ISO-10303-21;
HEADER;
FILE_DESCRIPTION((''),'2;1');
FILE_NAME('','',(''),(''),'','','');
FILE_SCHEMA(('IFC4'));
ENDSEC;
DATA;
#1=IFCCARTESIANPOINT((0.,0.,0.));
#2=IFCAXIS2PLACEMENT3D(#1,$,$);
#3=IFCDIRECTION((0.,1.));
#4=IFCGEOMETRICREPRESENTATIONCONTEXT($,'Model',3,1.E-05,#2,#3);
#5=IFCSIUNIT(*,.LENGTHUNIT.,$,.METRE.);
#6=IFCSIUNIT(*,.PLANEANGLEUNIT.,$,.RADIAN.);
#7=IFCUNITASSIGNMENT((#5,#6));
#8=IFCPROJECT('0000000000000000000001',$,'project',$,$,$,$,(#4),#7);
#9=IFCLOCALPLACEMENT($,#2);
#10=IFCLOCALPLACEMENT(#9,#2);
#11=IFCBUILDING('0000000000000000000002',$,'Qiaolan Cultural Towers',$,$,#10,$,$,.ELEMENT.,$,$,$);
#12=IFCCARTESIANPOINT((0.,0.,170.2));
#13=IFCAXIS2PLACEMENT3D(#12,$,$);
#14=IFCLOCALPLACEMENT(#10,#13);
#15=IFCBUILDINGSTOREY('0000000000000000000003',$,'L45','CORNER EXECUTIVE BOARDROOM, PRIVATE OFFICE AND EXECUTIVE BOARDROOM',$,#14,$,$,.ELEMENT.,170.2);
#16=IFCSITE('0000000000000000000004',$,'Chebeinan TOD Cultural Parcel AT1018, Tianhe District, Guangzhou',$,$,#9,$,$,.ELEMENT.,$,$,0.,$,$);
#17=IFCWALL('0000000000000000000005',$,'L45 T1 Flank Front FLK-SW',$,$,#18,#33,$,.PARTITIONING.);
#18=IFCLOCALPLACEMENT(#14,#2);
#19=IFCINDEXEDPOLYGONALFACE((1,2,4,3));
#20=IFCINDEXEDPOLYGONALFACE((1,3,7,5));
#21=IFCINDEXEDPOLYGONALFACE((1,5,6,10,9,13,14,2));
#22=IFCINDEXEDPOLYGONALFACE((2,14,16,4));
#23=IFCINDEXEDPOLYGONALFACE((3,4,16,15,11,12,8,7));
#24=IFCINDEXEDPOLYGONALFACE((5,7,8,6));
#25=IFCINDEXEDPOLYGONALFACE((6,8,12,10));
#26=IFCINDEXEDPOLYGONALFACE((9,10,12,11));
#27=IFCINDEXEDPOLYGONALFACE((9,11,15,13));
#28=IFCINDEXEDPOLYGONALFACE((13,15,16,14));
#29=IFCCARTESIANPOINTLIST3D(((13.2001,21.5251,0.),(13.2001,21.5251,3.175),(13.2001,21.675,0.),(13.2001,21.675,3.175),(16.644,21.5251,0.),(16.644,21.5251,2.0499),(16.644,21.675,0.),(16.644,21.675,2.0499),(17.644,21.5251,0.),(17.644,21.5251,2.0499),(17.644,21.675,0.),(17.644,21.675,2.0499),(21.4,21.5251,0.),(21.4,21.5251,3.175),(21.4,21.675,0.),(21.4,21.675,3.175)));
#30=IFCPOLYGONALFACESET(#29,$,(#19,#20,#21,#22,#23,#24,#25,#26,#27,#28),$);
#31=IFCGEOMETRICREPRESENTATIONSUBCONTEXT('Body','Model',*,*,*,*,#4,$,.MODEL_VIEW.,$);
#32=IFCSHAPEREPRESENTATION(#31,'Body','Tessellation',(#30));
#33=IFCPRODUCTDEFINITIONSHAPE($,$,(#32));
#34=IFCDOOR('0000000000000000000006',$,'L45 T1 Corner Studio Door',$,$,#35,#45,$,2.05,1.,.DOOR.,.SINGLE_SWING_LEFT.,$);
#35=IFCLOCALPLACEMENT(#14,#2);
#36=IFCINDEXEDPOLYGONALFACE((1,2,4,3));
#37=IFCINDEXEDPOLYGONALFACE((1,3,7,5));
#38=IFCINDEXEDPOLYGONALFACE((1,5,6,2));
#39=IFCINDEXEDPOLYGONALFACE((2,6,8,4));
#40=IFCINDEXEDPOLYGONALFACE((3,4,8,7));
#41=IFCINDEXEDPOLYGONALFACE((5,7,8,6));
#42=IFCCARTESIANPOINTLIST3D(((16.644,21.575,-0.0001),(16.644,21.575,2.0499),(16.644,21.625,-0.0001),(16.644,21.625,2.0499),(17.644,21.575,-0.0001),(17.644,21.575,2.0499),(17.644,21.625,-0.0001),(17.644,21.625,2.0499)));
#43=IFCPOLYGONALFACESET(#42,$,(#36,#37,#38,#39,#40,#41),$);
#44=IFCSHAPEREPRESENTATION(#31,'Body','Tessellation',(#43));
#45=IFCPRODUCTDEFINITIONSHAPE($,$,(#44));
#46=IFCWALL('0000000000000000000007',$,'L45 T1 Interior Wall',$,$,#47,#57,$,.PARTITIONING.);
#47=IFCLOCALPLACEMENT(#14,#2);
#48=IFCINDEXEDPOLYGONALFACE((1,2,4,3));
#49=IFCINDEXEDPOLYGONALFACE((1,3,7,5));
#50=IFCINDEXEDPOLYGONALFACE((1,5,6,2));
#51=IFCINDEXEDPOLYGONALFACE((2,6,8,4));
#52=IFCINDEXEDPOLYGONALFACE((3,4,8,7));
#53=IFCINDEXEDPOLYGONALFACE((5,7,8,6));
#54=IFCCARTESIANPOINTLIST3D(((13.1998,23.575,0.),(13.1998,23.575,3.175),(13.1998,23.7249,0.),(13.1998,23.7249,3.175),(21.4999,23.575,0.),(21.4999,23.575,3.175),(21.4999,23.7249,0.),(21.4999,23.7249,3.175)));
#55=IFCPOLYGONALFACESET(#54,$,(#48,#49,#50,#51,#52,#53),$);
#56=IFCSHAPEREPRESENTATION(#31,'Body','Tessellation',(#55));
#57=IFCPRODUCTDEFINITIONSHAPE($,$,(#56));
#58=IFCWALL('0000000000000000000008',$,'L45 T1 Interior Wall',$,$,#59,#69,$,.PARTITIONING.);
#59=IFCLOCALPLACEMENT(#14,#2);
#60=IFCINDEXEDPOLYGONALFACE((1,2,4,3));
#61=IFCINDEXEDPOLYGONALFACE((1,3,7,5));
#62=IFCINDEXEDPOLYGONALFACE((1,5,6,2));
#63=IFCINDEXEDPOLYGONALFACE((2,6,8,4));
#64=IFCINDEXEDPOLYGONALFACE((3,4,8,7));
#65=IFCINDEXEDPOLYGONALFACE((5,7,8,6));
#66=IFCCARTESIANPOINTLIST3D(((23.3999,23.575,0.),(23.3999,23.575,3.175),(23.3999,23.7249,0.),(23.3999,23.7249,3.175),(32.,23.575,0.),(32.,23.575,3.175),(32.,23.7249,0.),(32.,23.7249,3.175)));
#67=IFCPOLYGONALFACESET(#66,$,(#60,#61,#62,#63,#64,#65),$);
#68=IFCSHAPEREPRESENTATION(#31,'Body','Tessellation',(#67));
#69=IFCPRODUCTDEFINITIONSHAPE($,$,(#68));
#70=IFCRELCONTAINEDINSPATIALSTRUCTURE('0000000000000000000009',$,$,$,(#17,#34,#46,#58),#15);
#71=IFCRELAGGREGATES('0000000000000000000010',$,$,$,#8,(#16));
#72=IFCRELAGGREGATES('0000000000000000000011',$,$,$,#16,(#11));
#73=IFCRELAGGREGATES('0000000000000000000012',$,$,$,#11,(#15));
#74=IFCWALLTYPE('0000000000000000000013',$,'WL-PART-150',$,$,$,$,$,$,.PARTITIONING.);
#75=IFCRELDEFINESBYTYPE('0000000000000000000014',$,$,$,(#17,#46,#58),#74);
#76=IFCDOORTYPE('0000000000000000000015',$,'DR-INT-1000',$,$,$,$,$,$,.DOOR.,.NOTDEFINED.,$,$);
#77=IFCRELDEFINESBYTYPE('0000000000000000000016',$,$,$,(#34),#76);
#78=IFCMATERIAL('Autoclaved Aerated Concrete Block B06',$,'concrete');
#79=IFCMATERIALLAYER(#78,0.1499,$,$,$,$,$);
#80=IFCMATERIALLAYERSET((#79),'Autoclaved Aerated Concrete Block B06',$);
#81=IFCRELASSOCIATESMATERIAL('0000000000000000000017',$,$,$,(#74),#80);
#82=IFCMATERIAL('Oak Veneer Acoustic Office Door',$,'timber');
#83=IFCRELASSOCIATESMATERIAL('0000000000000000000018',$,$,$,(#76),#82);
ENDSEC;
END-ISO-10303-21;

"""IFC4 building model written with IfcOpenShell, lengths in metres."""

from ifc_helpers import new_model, si_unit, direction, frame, frame_2d, origin, place, context, subcontext, project, spatial, rectangle, extrude, material, layer, layer_set, type_object, element, fill, save


model = new_model("IFC4")

# Units and contexts
model_context = context("Model", 3, precision=1e-05, world=origin(), true_north=direction((0.0, 1.0)))
body_context = subcontext(model_context, "Body", "Model", "MODEL_VIEW")
ifc_project = project(units=[si_unit("LENGTHUNIT", "METRE"), si_unit("PLANEANGLEUNIT", "RADIAN")], contexts=[model_context])

# Site, building, storey
site_placement = place(None, origin())
site = spatial("IfcSite", under=ifc_project, at=site_placement, Name="Chebeinan TOD Cultural Parcel AT1018, Tianhe District, Guangzhou", CompositionType="ELEMENT", RefElevation=0.0)
building_placement = place(site_placement, origin())
building = spatial("IfcBuilding", under=site, at=building_placement, Name="Qiaolan Cultural Towers", CompositionType="ELEMENT")
storey_placement = place(building_placement, frame((0.0, 0.0, 170.2)))
storey = spatial("IfcBuildingStorey", under=building, at=storey_placement, Name="L45", Description="CORNER EXECUTIVE BOARDROOM, PRIVATE OFFICE AND EXECUTIVE BOARDROOM", CompositionType="ELEMENT", Elevation=170.2)

# Wall, opening, door
ifc_material_1 = material(Name="Autoclaved Aerated Concrete Block B06", Category="concrete")
ifc_layer_1 = layer(ifc_material_1, 0.1499)
ifc_layer_set_1 = layer_set([ifc_layer_1], Name="Autoclaved Aerated Concrete Block B06")
wall_type_1 = type_object("IfcWallType", Name="WL-PART-150", PredefinedType="PARTITIONING", material=ifc_layer_set_1)
wall_1_placement = place(storey_placement, frame((13.2, 21.6001, 0.0), z_axis=(0.0, 0.0, 1.0), x_axis=(1.0, 0.0, 0.0)))
wall_1 = element("IfcWall", 1, at=wall_1_placement, inside=storey, type_object=wall_type_1, Name="L45 T1 Flank Front FLK-SW", PredefinedType="PARTITIONING", context=body_context, shape_type="SweptSolid", body=[
    extrude(rectangle(XDim=8.2, YDim=0.1499, at=frame_2d((4.1001, 0.0))), origin(), (0.0, 0.0, 1.0), 3.175),
])
opening_1_placement = place(wall_1_placement, frame((3.4441, 0.0, 0.0)))
opening_1 = element("IfcOpeningElement", 2, at=opening_1_placement, cuts=wall_1, PredefinedType="OPENING", context=body_context, shape_type="SweptSolid", body=[
    extrude(rectangle(XDim=1.0, YDim=2.05, at=frame_2d((0.5, 1.0249))), frame((0.0, 0.085, 0.0), z_axis=(0.0, -1.0, 0.0), x_axis=(1.0, 0.0, 0.0)), (0.0, 0.0, 1.0), 0.1699),
])
ifc_material_2 = material(Name="Oak Veneer Acoustic Office Door", Category="timber")
door_type_1 = type_object("IfcDoorType", Name="DR-INT-1000", OperationType="NOTDEFINED", PredefinedType="DOOR", material=ifc_material_2)
door_1_placement = place(opening_1_placement, origin())
door_1 = element("IfcDoor", 3, at=door_1_placement, inside=storey, type_object=door_type_1, Name="L45 T1 Corner Studio Door", OperationType="SINGLE_SWING_LEFT", OverallHeight=2.05, OverallWidth=1.0, PredefinedType="DOOR", context=body_context, shape_type="SweptSolid", body=[
    extrude(rectangle(XDim=1.0, YDim=2.05, at=frame_2d((0.5, 1.0249))), frame((0.0, 0.0249, 0.0), z_axis=(0.0, -1.0, 0.0), x_axis=(1.0, 0.0, 0.0)), (0.0, 0.0, 1.0), 0.05),
])
fill(opening_1, door_1)

# Walls
wall_2_placement = place(storey_placement, frame((13.2, 23.6499, 0.0), z_axis=(0.0, 0.0, 1.0), x_axis=(1.0, 0.0, 0.0)))
element("IfcWall", 4, at=wall_2_placement, inside=storey, type_object=wall_type_1, Name="L45 T1 Interior Wall", PredefinedType="PARTITIONING", context=body_context, shape_type="SweptSolid", body=[
    extrude(rectangle(XDim=8.3, YDim=0.1499, at=frame_2d((4.1499, 0.0))), origin(), (0.0, 0.0, 1.0), 3.175),
])
wall_3_placement = place(storey_placement, frame((23.3999, 23.6499, 0.0), z_axis=(0.0, 0.0, 1.0), x_axis=(1.0, 0.0, 0.0)))
element("IfcWall", 5, at=wall_3_placement, inside=storey, type_object=wall_type_1, Name="L45 T1 Interior Wall", PredefinedType="PARTITIONING", context=body_context, shape_type="SweptSolid", body=[
    extrude(rectangle(XDim=8.6001, YDim=0.1499, at=frame_2d((4.3, 0.0))), origin(), (0.0, 0.0, 1.0), 3.175),
])

save(model, "model.ifc")
